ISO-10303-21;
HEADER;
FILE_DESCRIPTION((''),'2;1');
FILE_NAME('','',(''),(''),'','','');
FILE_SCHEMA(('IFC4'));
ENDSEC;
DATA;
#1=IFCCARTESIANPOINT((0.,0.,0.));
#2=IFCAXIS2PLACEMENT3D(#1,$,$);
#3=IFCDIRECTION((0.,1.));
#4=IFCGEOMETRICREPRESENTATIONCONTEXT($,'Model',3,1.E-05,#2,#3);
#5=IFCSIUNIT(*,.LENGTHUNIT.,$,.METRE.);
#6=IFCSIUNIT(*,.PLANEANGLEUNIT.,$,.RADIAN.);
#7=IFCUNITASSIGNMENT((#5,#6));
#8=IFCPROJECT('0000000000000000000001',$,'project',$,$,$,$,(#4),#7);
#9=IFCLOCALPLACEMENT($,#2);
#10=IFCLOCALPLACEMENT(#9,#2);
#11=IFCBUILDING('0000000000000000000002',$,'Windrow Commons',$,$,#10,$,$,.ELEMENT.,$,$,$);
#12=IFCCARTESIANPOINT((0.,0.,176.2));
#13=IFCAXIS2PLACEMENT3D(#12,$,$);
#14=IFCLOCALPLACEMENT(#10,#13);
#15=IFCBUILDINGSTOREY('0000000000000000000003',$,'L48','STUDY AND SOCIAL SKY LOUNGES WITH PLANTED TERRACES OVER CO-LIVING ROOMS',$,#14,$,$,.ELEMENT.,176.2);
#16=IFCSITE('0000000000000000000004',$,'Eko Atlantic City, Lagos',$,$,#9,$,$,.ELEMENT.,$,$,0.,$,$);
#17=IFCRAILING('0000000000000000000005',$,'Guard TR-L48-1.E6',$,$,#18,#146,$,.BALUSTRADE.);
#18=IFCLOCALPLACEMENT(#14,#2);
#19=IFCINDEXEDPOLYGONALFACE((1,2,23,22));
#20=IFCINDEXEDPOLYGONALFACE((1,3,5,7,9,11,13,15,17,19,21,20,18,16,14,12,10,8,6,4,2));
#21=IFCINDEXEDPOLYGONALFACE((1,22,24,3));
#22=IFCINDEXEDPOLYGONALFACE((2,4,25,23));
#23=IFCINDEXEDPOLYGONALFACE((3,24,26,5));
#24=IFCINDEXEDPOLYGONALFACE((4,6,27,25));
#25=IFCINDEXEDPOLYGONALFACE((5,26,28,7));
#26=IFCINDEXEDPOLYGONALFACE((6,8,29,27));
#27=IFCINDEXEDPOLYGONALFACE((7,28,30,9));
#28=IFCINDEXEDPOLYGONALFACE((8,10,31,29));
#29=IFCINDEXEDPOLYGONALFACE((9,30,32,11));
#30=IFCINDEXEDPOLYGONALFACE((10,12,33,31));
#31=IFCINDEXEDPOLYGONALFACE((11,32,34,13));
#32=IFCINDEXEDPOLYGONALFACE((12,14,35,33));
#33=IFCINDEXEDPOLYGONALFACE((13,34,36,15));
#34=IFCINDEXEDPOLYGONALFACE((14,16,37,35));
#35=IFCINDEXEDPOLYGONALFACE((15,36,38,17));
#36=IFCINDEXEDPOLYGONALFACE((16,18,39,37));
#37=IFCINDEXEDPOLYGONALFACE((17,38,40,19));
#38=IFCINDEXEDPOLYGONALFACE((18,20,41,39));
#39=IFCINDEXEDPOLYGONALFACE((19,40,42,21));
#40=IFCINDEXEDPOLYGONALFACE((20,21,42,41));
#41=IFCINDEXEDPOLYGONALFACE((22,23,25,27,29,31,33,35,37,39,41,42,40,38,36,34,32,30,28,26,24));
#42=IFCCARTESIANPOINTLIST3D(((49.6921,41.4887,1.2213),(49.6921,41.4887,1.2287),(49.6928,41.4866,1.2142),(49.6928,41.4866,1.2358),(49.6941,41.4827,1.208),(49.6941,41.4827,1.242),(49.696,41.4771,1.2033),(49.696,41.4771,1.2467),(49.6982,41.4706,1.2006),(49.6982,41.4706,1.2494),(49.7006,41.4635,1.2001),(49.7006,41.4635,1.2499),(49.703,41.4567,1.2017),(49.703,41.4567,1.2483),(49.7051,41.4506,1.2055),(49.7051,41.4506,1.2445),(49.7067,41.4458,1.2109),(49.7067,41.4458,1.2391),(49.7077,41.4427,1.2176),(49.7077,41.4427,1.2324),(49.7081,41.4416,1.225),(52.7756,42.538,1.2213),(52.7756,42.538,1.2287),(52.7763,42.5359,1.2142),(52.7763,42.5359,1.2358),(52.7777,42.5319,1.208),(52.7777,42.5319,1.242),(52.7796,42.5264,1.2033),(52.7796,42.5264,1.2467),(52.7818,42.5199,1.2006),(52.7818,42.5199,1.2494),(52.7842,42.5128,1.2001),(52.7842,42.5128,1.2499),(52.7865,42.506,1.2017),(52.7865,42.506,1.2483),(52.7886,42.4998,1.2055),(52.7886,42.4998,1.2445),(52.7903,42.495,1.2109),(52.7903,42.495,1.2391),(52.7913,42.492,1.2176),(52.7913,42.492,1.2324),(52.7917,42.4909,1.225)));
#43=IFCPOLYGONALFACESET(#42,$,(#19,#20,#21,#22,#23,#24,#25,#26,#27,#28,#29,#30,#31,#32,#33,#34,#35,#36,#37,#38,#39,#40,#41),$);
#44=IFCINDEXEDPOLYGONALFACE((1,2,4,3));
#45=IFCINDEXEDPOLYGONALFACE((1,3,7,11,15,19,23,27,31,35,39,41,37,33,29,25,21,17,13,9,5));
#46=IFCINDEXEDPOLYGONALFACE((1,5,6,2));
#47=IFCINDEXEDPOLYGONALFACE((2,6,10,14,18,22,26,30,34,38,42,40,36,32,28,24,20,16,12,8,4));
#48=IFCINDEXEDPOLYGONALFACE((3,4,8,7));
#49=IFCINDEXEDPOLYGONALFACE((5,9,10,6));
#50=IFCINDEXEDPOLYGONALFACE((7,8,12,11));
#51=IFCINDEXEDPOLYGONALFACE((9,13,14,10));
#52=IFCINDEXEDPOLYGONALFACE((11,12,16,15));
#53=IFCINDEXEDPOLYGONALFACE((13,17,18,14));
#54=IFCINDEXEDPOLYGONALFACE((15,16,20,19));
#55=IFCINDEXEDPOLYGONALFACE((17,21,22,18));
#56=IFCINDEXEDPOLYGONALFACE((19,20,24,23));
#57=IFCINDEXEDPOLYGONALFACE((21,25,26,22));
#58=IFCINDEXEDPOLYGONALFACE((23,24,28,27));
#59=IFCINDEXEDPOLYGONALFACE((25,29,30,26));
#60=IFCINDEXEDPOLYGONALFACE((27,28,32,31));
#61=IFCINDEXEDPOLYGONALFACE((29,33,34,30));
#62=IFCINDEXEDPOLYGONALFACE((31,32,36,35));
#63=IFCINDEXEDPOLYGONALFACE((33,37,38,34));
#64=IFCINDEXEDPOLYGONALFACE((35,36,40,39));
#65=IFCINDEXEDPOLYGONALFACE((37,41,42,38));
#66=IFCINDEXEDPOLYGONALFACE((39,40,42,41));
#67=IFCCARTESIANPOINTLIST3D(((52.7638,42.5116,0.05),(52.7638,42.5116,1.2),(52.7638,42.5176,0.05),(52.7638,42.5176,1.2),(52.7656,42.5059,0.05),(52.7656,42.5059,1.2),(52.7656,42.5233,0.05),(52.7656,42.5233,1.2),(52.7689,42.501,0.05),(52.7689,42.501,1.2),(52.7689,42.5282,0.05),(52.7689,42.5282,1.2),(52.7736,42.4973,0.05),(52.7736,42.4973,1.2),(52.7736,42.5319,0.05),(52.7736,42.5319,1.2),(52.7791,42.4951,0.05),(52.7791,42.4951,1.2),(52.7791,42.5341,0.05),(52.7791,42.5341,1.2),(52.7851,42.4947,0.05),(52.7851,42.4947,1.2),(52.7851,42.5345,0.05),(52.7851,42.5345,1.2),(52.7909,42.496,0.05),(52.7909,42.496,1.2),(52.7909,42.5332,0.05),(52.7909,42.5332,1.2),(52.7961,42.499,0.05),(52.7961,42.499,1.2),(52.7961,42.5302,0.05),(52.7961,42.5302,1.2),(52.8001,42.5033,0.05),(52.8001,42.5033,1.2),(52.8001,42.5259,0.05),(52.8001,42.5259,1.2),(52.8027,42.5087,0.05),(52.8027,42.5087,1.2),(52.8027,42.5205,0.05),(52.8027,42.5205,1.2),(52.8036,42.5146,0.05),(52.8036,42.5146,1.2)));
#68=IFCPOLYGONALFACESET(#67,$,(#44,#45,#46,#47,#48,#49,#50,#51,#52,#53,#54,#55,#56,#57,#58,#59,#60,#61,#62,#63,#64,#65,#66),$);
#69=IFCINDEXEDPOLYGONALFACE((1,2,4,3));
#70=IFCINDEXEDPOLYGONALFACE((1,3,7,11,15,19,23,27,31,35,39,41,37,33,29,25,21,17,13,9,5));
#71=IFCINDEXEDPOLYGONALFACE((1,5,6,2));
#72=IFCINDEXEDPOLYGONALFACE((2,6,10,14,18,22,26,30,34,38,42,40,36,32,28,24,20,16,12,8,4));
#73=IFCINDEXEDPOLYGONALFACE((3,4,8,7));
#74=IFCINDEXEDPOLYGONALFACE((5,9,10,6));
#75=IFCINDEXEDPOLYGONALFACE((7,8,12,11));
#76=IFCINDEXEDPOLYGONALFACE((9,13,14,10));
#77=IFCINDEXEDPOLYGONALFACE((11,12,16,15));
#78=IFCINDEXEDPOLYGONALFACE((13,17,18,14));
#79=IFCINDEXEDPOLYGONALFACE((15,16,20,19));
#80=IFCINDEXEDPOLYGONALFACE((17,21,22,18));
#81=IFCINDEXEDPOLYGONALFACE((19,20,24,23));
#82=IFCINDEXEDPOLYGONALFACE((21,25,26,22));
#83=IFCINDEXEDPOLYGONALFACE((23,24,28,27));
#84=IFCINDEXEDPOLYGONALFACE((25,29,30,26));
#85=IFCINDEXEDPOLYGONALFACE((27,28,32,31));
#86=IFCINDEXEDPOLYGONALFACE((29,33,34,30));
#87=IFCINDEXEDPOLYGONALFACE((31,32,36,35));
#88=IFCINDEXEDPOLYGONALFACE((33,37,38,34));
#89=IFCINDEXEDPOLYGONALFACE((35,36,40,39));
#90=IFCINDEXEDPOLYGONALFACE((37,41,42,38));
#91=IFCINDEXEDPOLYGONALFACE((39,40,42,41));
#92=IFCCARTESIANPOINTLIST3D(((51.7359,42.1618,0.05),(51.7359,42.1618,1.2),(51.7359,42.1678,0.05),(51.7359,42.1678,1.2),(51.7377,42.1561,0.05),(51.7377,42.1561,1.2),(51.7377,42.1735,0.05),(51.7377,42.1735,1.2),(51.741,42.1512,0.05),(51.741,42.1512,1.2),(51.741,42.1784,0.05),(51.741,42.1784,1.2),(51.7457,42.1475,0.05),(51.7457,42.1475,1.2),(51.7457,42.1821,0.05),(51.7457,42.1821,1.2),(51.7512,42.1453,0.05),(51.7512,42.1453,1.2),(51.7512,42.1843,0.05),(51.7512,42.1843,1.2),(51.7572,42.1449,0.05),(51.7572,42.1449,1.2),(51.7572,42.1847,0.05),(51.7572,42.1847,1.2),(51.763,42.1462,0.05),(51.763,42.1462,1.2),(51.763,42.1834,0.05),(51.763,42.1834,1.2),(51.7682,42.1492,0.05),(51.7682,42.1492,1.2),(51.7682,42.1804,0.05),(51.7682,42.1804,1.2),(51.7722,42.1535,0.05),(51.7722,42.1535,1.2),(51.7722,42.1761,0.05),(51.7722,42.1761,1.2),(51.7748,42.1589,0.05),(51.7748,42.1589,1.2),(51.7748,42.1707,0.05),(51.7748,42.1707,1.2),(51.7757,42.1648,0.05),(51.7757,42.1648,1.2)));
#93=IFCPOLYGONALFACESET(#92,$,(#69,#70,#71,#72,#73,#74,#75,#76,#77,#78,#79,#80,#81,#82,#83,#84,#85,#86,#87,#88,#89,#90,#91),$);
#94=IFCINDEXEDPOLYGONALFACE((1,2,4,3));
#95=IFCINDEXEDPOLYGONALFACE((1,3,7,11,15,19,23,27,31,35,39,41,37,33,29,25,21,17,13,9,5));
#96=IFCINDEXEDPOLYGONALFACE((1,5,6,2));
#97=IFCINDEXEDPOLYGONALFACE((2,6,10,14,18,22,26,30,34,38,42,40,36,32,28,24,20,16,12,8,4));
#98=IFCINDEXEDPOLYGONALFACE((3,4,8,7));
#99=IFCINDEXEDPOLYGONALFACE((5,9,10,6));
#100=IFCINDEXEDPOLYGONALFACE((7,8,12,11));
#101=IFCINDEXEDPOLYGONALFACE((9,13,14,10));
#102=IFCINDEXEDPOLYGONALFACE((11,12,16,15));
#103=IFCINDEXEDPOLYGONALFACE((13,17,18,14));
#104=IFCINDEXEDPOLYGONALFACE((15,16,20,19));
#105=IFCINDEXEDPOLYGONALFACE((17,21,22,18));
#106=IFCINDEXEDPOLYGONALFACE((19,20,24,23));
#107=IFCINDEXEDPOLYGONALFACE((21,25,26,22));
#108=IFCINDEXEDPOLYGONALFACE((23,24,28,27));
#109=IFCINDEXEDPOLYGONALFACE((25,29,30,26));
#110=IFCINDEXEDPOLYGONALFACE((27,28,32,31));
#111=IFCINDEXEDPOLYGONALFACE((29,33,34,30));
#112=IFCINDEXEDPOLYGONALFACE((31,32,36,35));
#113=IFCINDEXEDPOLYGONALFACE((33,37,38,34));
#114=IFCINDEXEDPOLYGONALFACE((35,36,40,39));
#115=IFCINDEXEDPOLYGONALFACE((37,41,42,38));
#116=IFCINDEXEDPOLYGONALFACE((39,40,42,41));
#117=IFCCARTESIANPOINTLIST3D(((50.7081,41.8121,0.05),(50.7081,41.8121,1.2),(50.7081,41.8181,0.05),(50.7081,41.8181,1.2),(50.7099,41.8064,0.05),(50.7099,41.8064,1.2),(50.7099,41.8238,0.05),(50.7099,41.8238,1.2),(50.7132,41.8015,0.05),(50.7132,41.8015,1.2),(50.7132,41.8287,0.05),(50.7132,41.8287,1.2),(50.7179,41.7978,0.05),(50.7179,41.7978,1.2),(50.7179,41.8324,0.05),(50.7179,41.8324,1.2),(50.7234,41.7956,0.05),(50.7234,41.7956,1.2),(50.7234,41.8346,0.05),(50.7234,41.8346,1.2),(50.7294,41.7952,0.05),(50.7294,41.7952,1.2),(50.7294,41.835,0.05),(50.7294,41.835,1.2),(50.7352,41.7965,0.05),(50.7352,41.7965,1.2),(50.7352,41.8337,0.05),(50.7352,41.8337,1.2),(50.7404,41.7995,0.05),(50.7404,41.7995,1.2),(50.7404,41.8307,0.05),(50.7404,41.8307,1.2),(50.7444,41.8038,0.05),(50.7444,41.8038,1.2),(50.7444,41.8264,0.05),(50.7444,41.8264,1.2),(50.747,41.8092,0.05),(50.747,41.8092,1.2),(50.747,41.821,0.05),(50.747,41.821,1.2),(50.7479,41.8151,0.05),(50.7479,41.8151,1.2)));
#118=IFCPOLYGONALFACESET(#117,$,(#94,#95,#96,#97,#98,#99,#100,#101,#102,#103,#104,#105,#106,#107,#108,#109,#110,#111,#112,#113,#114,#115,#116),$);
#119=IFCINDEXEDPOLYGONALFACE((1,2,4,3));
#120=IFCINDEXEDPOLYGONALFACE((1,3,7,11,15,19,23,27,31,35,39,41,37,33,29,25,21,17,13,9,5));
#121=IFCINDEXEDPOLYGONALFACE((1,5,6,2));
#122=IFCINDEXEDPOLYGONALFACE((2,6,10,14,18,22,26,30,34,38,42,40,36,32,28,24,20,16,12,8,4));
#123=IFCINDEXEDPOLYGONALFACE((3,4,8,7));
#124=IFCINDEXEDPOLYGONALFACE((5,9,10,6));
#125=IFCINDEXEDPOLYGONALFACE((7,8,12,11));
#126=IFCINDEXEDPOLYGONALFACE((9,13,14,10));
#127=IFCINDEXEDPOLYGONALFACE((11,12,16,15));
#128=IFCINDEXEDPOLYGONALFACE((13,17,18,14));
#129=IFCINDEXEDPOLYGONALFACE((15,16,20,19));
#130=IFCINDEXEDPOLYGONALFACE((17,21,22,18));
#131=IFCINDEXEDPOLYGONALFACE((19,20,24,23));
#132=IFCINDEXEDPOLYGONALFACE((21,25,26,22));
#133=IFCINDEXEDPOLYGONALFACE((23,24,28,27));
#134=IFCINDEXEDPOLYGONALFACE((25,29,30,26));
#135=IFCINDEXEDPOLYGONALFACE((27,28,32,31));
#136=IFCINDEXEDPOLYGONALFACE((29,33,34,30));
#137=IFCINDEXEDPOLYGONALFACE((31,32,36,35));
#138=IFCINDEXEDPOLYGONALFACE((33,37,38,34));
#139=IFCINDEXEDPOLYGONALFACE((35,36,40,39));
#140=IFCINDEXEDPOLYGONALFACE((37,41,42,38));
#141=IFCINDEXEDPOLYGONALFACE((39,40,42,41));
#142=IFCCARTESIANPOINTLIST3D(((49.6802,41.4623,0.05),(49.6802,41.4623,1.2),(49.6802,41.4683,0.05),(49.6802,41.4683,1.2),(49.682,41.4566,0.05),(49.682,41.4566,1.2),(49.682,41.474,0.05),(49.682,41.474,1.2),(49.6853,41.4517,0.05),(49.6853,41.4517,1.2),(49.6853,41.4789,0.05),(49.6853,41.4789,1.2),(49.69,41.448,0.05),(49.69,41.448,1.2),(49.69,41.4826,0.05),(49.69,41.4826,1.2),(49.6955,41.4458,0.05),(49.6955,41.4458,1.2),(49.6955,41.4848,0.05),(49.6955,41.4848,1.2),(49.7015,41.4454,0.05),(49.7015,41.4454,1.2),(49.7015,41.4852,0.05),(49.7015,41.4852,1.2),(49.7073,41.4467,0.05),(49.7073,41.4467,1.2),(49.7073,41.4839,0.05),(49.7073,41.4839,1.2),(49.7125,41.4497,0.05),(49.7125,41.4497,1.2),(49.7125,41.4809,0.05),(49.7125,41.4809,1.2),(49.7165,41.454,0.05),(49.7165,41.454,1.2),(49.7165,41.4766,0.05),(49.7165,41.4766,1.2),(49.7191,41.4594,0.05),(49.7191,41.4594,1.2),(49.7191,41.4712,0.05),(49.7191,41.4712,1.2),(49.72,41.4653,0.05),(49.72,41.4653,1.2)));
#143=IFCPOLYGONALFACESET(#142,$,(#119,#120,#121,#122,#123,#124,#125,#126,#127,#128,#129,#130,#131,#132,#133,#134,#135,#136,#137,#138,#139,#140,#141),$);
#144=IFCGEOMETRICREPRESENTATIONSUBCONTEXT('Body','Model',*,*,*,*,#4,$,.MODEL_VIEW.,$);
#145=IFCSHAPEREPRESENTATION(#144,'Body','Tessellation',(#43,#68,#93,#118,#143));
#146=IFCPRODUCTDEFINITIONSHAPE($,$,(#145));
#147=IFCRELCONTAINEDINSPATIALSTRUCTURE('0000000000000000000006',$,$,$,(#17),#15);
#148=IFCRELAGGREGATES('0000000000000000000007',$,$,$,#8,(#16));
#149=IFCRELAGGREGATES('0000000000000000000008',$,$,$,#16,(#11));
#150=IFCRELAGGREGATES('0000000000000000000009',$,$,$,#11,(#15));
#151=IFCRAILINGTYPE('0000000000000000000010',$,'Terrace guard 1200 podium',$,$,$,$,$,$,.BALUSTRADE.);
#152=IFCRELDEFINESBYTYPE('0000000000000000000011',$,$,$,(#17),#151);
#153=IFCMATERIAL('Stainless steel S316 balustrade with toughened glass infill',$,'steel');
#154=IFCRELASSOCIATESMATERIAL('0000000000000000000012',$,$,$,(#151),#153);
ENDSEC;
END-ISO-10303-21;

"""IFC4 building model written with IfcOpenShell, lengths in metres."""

from ifc_helpers import new_model, si_unit, direction, frame, origin, origin_2d, place, context, subcontext, project, spatial, circle, extrude, material, type_object, element, save


model = new_model("IFC4")

# Units and contexts
model_context = context("Model", 3, precision=1e-05, world=origin(), true_north=direction((0.0, 1.0)))
body_context = subcontext(model_context, "Body", "Model", "MODEL_VIEW")
ifc_project = project(units=[si_unit("LENGTHUNIT", "METRE"), si_unit("PLANEANGLEUNIT", "RADIAN")], contexts=[model_context])

# Site, building, storey
site_placement = place(None, origin())
site = spatial("IfcSite", under=ifc_project, at=site_placement, Name="Eko Atlantic City, Lagos", CompositionType="ELEMENT", RefElevation=0.0)
building_placement = place(site_placement, origin())
building = spatial("IfcBuilding", under=site, at=building_placement, Name="Windrow Commons", CompositionType="ELEMENT")
storey_placement = place(building_placement, frame((0.0, 0.0, 176.2)))
storey = spatial("IfcBuildingStorey", under=building, at=storey_placement, Name="L48", Description="STUDY AND SOCIAL SKY LOUNGES WITH PLANTED TERRACES OVER CO-LIVING ROOMS", CompositionType="ELEMENT", Elevation=176.2)

# Railing
ifc_material_1 = material(Name="Stainless steel S316 balustrade with toughened glass infill", Category="steel")
railing_type = type_object("IfcRailingType", Name="Terrace guard 1200 podium", PredefinedType="BALUSTRADE", material=ifc_material_1)
railing_1_placement = place(storey_placement, frame((52.7836, 42.5146, 0.05)))
element("IfcRailing", 1, at=railing_1_placement, inside=storey, type_object=railing_type, Name="Guard TR-L48-1.E6", PredefinedType="BALUSTRADE", context=body_context, shape_type="SweptSolid", body=[
    extrude(circle(Radius=0.025, at=origin_2d()), frame((0.0, 0.0, 1.175), z_axis=(-0.946691, -0.322144, 0.0), x_axis=(0.322144, -0.946691, 0.0)), (0.0, 0.0, 1.0), 3.2572),
    extrude(circle(Radius=0.02, at=origin_2d()), origin(), (0.0, 0.0, 1.0), 1.15),
    extrude(circle(Radius=0.02, at=origin_2d()), frame((-1.0279, -0.3498, 0.0)), (0.0, 0.0, 1.0), 1.15),
    extrude(circle(Radius=0.02, at=origin_2d()), frame((-2.0557, -0.6995, 0.0)), (0.0, 0.0, 1.0), 1.15),
    extrude(circle(Radius=0.02, at=origin_2d()), frame((-3.0836, -1.0493, 0.0)), (0.0, 0.0, 1.0), 1.15),
])

save(model, "model.ifc")
